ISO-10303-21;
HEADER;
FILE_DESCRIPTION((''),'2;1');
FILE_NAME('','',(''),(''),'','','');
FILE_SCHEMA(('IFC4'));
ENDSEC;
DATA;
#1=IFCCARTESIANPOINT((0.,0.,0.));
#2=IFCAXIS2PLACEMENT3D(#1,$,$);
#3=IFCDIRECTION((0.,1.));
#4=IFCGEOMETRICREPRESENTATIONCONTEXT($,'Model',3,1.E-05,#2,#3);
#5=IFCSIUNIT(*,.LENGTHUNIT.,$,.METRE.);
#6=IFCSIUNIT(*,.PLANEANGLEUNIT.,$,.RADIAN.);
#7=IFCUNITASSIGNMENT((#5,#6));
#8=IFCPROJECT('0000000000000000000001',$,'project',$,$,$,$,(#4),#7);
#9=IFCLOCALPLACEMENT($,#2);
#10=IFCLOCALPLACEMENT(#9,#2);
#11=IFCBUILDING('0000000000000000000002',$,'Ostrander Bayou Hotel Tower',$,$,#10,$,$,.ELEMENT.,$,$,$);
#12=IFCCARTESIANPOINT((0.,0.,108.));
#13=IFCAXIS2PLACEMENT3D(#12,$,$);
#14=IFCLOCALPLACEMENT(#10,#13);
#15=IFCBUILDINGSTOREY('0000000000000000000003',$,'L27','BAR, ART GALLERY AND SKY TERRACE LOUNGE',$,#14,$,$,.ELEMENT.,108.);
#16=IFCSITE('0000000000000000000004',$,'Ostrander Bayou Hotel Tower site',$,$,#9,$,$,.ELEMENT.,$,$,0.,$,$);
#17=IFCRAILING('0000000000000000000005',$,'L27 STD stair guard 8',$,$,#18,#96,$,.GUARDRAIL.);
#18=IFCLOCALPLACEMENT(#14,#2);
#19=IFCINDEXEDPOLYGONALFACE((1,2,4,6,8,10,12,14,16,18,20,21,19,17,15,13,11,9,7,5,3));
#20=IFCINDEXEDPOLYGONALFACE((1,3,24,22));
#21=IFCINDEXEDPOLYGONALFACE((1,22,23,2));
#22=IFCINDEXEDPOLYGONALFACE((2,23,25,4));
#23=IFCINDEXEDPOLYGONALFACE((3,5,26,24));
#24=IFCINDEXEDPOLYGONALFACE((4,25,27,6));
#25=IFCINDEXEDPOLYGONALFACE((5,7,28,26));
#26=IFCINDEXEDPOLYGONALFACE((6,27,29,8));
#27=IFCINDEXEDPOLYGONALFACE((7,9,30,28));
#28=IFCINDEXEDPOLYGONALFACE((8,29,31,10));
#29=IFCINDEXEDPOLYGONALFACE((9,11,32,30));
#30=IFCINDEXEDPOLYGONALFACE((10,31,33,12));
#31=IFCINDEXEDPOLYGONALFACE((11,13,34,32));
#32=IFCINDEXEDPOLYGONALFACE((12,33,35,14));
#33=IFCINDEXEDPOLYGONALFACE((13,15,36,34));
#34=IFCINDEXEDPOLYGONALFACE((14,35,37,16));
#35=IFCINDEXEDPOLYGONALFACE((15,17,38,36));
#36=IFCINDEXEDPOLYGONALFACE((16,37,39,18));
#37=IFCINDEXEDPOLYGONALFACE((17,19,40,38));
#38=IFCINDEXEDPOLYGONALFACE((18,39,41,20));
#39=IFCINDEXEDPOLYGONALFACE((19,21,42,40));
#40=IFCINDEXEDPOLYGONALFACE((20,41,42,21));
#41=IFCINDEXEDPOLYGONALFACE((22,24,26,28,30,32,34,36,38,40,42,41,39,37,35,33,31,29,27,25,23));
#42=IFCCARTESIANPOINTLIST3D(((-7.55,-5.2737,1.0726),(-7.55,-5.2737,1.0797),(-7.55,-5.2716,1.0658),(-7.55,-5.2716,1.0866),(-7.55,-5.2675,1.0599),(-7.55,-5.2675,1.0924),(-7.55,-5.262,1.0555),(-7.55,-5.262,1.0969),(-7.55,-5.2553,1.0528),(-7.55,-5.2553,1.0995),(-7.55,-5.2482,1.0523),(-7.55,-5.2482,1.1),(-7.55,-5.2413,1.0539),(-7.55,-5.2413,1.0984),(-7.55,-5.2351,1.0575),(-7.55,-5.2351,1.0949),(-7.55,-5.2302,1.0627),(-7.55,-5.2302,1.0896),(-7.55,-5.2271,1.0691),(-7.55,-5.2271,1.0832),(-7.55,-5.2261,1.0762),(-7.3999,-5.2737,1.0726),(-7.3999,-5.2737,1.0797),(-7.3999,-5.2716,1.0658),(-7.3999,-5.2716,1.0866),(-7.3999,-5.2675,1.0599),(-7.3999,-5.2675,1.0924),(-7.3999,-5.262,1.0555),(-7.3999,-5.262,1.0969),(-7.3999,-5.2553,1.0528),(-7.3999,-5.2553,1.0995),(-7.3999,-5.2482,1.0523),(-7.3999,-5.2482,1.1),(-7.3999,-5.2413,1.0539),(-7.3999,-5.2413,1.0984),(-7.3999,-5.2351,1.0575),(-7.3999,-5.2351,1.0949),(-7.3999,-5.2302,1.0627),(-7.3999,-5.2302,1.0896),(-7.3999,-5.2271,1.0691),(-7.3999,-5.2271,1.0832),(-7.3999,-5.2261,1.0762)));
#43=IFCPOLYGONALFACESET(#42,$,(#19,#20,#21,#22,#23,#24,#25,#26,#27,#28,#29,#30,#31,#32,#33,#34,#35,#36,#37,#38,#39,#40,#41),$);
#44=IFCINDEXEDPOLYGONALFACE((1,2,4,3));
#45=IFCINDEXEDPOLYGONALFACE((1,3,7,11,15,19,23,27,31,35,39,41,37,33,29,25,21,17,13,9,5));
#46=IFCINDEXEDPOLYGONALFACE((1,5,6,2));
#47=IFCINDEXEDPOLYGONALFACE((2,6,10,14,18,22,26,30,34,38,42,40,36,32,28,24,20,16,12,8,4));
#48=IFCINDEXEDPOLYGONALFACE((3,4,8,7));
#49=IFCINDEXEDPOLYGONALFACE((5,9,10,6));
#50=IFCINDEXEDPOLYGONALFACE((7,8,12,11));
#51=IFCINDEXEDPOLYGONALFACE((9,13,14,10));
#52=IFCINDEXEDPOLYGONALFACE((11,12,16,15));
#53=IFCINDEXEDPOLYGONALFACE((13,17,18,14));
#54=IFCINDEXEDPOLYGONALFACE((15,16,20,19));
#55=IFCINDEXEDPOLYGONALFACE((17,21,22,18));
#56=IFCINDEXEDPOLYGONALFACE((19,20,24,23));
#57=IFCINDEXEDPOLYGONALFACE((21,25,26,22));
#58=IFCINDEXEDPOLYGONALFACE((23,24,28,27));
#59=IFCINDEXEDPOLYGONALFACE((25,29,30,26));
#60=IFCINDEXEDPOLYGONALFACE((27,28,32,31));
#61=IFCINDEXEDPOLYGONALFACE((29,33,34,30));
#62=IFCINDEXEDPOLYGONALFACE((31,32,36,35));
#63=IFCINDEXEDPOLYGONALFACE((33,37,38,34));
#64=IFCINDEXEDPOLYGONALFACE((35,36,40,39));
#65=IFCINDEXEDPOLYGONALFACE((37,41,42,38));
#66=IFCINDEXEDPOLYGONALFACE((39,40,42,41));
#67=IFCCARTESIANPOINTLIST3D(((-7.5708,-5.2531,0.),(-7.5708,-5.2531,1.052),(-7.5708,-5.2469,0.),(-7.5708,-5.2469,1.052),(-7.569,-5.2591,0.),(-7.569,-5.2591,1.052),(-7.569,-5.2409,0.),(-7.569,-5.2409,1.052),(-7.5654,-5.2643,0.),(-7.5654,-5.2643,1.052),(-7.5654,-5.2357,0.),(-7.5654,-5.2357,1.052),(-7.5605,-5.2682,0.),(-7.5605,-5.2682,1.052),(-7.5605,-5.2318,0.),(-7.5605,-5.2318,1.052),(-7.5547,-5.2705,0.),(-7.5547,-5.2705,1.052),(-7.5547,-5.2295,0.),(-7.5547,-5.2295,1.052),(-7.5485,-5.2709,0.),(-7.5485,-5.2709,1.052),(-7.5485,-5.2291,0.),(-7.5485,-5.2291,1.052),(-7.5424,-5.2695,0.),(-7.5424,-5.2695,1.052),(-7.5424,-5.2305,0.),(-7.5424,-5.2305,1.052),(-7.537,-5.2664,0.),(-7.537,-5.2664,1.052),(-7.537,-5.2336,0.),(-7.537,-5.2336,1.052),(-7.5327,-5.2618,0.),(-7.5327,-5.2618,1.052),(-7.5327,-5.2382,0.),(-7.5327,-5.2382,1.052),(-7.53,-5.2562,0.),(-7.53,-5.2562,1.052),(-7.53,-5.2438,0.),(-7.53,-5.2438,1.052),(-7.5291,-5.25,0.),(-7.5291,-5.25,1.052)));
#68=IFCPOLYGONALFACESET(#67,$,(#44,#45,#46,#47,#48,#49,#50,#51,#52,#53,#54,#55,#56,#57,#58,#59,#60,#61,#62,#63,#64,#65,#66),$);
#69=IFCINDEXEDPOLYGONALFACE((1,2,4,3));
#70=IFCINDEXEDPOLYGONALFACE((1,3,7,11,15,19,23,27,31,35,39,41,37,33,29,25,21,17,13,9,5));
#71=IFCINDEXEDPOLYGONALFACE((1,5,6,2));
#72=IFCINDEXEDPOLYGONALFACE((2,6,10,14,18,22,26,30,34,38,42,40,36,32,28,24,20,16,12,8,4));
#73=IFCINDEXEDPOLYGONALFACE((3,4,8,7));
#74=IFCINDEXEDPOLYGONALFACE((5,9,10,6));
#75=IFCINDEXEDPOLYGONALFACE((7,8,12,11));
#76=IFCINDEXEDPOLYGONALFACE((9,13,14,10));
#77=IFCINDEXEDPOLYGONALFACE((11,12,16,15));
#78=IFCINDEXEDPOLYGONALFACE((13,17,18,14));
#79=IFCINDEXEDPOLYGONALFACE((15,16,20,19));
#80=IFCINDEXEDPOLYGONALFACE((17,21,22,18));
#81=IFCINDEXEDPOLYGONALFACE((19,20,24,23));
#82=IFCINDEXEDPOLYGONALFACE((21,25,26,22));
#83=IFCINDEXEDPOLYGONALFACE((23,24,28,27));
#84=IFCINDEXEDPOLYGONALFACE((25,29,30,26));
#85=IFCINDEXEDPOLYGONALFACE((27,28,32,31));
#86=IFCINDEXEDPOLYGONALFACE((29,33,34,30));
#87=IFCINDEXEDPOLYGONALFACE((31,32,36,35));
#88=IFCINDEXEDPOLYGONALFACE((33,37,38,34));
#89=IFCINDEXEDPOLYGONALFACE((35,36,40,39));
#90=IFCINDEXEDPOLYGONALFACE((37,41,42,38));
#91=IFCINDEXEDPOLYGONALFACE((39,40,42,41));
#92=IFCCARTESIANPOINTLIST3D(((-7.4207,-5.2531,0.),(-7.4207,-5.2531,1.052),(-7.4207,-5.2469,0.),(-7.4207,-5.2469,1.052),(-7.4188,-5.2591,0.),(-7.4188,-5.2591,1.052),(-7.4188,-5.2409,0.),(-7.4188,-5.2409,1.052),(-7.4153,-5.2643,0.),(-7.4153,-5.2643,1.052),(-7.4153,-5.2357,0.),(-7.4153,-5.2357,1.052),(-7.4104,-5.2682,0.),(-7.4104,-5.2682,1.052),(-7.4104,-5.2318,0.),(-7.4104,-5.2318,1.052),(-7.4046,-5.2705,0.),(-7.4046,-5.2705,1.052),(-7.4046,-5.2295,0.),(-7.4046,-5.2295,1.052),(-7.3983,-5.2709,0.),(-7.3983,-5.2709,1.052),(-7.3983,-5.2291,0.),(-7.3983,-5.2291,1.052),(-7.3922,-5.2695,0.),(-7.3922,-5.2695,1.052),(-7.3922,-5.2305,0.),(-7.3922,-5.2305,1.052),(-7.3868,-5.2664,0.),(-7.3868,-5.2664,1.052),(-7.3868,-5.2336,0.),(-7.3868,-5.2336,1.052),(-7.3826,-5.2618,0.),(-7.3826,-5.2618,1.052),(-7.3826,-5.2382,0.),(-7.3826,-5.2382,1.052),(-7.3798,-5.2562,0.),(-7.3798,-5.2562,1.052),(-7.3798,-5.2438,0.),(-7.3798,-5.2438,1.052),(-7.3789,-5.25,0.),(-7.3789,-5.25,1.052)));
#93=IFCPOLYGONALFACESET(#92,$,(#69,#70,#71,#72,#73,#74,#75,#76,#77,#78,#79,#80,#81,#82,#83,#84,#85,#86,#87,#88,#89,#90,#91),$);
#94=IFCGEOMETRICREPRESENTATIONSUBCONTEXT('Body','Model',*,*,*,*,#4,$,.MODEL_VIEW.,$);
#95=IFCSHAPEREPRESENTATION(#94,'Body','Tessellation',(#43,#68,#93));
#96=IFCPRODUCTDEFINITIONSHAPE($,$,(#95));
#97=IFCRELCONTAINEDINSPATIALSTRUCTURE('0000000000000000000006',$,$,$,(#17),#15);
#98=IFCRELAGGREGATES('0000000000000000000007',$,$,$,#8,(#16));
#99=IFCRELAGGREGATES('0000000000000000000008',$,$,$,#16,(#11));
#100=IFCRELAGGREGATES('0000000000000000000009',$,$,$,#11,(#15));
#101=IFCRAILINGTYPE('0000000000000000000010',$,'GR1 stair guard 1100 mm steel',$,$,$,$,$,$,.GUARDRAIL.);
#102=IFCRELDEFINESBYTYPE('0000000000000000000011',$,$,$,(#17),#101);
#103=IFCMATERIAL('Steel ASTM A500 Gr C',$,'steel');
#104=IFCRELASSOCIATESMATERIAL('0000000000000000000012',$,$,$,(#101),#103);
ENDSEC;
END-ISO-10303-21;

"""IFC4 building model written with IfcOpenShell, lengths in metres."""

from ifc_helpers import new_model, si_unit, direction, frame, origin, origin_2d, place, context, subcontext, project, spatial, circle, extrude, material, type_object, element, save


model = new_model("IFC4")

# Units and contexts
model_context = context("Model", 3, precision=1e-05, world=origin(), true_north=direction((0.0, 1.0)))
body_context = subcontext(model_context, "Body", "Model", "MODEL_VIEW")
ifc_project = project(units=[si_unit("LENGTHUNIT", "METRE"), si_unit("PLANEANGLEUNIT", "RADIAN")], contexts=[model_context])

# Site, building, storey
site_placement = place(None, origin())
site = spatial("IfcSite", under=ifc_project, at=site_placement, Name="Ostrander Bayou Hotel Tower site", CompositionType="ELEMENT", RefElevation=0.0)
building_placement = place(site_placement, origin())
building = spatial("IfcBuilding", under=site, at=building_placement, Name="Ostrander Bayou Hotel Tower", CompositionType="ELEMENT")
storey_placement = place(building_placement, frame((0.0, 0.0, 108.0)))
storey = spatial("IfcBuildingStorey", under=building, at=storey_placement, Name="L27", Description="BAR, ART GALLERY AND SKY TERRACE LOUNGE", CompositionType="ELEMENT", Elevation=108.0)

# Railing
ifc_material_1 = material(Name="Steel ASTM A500 Gr C", Category="steel")
railing_type_1 = type_object("IfcRailingType", Name="GR1 stair guard 1100 mm steel", PredefinedType="GUARDRAIL", material=ifc_material_1)
railing_1_placement = place(storey_placement, frame((-7.55, -5.25, 0.0)))
element("IfcRailing", 1, at=railing_1_placement, inside=storey, type_object=railing_type_1, Name="L27 STD stair guard 8", PredefinedType="GUARDRAIL", context=body_context, shape_type="SweptSolid", body=[
    extrude(circle(Radius=0.0239, at=origin_2d()), frame((0.0, 0.0, 1.0762), z_axis=(1.0, 0.0, 0.0), x_axis=(0.0, 1.0, 0.0)), (0.0, 0.0, 1.0), 0.1501),
    extrude(circle(Radius=0.021, at=origin_2d()), origin(), (0.0, 0.0, 1.0), 1.052),
    extrude(circle(Radius=0.021, at=origin_2d()), frame((0.1501, 0.0, 0.0)), (0.0, 0.0, 1.0), 1.052),
])

save(model, "model.ifc")
